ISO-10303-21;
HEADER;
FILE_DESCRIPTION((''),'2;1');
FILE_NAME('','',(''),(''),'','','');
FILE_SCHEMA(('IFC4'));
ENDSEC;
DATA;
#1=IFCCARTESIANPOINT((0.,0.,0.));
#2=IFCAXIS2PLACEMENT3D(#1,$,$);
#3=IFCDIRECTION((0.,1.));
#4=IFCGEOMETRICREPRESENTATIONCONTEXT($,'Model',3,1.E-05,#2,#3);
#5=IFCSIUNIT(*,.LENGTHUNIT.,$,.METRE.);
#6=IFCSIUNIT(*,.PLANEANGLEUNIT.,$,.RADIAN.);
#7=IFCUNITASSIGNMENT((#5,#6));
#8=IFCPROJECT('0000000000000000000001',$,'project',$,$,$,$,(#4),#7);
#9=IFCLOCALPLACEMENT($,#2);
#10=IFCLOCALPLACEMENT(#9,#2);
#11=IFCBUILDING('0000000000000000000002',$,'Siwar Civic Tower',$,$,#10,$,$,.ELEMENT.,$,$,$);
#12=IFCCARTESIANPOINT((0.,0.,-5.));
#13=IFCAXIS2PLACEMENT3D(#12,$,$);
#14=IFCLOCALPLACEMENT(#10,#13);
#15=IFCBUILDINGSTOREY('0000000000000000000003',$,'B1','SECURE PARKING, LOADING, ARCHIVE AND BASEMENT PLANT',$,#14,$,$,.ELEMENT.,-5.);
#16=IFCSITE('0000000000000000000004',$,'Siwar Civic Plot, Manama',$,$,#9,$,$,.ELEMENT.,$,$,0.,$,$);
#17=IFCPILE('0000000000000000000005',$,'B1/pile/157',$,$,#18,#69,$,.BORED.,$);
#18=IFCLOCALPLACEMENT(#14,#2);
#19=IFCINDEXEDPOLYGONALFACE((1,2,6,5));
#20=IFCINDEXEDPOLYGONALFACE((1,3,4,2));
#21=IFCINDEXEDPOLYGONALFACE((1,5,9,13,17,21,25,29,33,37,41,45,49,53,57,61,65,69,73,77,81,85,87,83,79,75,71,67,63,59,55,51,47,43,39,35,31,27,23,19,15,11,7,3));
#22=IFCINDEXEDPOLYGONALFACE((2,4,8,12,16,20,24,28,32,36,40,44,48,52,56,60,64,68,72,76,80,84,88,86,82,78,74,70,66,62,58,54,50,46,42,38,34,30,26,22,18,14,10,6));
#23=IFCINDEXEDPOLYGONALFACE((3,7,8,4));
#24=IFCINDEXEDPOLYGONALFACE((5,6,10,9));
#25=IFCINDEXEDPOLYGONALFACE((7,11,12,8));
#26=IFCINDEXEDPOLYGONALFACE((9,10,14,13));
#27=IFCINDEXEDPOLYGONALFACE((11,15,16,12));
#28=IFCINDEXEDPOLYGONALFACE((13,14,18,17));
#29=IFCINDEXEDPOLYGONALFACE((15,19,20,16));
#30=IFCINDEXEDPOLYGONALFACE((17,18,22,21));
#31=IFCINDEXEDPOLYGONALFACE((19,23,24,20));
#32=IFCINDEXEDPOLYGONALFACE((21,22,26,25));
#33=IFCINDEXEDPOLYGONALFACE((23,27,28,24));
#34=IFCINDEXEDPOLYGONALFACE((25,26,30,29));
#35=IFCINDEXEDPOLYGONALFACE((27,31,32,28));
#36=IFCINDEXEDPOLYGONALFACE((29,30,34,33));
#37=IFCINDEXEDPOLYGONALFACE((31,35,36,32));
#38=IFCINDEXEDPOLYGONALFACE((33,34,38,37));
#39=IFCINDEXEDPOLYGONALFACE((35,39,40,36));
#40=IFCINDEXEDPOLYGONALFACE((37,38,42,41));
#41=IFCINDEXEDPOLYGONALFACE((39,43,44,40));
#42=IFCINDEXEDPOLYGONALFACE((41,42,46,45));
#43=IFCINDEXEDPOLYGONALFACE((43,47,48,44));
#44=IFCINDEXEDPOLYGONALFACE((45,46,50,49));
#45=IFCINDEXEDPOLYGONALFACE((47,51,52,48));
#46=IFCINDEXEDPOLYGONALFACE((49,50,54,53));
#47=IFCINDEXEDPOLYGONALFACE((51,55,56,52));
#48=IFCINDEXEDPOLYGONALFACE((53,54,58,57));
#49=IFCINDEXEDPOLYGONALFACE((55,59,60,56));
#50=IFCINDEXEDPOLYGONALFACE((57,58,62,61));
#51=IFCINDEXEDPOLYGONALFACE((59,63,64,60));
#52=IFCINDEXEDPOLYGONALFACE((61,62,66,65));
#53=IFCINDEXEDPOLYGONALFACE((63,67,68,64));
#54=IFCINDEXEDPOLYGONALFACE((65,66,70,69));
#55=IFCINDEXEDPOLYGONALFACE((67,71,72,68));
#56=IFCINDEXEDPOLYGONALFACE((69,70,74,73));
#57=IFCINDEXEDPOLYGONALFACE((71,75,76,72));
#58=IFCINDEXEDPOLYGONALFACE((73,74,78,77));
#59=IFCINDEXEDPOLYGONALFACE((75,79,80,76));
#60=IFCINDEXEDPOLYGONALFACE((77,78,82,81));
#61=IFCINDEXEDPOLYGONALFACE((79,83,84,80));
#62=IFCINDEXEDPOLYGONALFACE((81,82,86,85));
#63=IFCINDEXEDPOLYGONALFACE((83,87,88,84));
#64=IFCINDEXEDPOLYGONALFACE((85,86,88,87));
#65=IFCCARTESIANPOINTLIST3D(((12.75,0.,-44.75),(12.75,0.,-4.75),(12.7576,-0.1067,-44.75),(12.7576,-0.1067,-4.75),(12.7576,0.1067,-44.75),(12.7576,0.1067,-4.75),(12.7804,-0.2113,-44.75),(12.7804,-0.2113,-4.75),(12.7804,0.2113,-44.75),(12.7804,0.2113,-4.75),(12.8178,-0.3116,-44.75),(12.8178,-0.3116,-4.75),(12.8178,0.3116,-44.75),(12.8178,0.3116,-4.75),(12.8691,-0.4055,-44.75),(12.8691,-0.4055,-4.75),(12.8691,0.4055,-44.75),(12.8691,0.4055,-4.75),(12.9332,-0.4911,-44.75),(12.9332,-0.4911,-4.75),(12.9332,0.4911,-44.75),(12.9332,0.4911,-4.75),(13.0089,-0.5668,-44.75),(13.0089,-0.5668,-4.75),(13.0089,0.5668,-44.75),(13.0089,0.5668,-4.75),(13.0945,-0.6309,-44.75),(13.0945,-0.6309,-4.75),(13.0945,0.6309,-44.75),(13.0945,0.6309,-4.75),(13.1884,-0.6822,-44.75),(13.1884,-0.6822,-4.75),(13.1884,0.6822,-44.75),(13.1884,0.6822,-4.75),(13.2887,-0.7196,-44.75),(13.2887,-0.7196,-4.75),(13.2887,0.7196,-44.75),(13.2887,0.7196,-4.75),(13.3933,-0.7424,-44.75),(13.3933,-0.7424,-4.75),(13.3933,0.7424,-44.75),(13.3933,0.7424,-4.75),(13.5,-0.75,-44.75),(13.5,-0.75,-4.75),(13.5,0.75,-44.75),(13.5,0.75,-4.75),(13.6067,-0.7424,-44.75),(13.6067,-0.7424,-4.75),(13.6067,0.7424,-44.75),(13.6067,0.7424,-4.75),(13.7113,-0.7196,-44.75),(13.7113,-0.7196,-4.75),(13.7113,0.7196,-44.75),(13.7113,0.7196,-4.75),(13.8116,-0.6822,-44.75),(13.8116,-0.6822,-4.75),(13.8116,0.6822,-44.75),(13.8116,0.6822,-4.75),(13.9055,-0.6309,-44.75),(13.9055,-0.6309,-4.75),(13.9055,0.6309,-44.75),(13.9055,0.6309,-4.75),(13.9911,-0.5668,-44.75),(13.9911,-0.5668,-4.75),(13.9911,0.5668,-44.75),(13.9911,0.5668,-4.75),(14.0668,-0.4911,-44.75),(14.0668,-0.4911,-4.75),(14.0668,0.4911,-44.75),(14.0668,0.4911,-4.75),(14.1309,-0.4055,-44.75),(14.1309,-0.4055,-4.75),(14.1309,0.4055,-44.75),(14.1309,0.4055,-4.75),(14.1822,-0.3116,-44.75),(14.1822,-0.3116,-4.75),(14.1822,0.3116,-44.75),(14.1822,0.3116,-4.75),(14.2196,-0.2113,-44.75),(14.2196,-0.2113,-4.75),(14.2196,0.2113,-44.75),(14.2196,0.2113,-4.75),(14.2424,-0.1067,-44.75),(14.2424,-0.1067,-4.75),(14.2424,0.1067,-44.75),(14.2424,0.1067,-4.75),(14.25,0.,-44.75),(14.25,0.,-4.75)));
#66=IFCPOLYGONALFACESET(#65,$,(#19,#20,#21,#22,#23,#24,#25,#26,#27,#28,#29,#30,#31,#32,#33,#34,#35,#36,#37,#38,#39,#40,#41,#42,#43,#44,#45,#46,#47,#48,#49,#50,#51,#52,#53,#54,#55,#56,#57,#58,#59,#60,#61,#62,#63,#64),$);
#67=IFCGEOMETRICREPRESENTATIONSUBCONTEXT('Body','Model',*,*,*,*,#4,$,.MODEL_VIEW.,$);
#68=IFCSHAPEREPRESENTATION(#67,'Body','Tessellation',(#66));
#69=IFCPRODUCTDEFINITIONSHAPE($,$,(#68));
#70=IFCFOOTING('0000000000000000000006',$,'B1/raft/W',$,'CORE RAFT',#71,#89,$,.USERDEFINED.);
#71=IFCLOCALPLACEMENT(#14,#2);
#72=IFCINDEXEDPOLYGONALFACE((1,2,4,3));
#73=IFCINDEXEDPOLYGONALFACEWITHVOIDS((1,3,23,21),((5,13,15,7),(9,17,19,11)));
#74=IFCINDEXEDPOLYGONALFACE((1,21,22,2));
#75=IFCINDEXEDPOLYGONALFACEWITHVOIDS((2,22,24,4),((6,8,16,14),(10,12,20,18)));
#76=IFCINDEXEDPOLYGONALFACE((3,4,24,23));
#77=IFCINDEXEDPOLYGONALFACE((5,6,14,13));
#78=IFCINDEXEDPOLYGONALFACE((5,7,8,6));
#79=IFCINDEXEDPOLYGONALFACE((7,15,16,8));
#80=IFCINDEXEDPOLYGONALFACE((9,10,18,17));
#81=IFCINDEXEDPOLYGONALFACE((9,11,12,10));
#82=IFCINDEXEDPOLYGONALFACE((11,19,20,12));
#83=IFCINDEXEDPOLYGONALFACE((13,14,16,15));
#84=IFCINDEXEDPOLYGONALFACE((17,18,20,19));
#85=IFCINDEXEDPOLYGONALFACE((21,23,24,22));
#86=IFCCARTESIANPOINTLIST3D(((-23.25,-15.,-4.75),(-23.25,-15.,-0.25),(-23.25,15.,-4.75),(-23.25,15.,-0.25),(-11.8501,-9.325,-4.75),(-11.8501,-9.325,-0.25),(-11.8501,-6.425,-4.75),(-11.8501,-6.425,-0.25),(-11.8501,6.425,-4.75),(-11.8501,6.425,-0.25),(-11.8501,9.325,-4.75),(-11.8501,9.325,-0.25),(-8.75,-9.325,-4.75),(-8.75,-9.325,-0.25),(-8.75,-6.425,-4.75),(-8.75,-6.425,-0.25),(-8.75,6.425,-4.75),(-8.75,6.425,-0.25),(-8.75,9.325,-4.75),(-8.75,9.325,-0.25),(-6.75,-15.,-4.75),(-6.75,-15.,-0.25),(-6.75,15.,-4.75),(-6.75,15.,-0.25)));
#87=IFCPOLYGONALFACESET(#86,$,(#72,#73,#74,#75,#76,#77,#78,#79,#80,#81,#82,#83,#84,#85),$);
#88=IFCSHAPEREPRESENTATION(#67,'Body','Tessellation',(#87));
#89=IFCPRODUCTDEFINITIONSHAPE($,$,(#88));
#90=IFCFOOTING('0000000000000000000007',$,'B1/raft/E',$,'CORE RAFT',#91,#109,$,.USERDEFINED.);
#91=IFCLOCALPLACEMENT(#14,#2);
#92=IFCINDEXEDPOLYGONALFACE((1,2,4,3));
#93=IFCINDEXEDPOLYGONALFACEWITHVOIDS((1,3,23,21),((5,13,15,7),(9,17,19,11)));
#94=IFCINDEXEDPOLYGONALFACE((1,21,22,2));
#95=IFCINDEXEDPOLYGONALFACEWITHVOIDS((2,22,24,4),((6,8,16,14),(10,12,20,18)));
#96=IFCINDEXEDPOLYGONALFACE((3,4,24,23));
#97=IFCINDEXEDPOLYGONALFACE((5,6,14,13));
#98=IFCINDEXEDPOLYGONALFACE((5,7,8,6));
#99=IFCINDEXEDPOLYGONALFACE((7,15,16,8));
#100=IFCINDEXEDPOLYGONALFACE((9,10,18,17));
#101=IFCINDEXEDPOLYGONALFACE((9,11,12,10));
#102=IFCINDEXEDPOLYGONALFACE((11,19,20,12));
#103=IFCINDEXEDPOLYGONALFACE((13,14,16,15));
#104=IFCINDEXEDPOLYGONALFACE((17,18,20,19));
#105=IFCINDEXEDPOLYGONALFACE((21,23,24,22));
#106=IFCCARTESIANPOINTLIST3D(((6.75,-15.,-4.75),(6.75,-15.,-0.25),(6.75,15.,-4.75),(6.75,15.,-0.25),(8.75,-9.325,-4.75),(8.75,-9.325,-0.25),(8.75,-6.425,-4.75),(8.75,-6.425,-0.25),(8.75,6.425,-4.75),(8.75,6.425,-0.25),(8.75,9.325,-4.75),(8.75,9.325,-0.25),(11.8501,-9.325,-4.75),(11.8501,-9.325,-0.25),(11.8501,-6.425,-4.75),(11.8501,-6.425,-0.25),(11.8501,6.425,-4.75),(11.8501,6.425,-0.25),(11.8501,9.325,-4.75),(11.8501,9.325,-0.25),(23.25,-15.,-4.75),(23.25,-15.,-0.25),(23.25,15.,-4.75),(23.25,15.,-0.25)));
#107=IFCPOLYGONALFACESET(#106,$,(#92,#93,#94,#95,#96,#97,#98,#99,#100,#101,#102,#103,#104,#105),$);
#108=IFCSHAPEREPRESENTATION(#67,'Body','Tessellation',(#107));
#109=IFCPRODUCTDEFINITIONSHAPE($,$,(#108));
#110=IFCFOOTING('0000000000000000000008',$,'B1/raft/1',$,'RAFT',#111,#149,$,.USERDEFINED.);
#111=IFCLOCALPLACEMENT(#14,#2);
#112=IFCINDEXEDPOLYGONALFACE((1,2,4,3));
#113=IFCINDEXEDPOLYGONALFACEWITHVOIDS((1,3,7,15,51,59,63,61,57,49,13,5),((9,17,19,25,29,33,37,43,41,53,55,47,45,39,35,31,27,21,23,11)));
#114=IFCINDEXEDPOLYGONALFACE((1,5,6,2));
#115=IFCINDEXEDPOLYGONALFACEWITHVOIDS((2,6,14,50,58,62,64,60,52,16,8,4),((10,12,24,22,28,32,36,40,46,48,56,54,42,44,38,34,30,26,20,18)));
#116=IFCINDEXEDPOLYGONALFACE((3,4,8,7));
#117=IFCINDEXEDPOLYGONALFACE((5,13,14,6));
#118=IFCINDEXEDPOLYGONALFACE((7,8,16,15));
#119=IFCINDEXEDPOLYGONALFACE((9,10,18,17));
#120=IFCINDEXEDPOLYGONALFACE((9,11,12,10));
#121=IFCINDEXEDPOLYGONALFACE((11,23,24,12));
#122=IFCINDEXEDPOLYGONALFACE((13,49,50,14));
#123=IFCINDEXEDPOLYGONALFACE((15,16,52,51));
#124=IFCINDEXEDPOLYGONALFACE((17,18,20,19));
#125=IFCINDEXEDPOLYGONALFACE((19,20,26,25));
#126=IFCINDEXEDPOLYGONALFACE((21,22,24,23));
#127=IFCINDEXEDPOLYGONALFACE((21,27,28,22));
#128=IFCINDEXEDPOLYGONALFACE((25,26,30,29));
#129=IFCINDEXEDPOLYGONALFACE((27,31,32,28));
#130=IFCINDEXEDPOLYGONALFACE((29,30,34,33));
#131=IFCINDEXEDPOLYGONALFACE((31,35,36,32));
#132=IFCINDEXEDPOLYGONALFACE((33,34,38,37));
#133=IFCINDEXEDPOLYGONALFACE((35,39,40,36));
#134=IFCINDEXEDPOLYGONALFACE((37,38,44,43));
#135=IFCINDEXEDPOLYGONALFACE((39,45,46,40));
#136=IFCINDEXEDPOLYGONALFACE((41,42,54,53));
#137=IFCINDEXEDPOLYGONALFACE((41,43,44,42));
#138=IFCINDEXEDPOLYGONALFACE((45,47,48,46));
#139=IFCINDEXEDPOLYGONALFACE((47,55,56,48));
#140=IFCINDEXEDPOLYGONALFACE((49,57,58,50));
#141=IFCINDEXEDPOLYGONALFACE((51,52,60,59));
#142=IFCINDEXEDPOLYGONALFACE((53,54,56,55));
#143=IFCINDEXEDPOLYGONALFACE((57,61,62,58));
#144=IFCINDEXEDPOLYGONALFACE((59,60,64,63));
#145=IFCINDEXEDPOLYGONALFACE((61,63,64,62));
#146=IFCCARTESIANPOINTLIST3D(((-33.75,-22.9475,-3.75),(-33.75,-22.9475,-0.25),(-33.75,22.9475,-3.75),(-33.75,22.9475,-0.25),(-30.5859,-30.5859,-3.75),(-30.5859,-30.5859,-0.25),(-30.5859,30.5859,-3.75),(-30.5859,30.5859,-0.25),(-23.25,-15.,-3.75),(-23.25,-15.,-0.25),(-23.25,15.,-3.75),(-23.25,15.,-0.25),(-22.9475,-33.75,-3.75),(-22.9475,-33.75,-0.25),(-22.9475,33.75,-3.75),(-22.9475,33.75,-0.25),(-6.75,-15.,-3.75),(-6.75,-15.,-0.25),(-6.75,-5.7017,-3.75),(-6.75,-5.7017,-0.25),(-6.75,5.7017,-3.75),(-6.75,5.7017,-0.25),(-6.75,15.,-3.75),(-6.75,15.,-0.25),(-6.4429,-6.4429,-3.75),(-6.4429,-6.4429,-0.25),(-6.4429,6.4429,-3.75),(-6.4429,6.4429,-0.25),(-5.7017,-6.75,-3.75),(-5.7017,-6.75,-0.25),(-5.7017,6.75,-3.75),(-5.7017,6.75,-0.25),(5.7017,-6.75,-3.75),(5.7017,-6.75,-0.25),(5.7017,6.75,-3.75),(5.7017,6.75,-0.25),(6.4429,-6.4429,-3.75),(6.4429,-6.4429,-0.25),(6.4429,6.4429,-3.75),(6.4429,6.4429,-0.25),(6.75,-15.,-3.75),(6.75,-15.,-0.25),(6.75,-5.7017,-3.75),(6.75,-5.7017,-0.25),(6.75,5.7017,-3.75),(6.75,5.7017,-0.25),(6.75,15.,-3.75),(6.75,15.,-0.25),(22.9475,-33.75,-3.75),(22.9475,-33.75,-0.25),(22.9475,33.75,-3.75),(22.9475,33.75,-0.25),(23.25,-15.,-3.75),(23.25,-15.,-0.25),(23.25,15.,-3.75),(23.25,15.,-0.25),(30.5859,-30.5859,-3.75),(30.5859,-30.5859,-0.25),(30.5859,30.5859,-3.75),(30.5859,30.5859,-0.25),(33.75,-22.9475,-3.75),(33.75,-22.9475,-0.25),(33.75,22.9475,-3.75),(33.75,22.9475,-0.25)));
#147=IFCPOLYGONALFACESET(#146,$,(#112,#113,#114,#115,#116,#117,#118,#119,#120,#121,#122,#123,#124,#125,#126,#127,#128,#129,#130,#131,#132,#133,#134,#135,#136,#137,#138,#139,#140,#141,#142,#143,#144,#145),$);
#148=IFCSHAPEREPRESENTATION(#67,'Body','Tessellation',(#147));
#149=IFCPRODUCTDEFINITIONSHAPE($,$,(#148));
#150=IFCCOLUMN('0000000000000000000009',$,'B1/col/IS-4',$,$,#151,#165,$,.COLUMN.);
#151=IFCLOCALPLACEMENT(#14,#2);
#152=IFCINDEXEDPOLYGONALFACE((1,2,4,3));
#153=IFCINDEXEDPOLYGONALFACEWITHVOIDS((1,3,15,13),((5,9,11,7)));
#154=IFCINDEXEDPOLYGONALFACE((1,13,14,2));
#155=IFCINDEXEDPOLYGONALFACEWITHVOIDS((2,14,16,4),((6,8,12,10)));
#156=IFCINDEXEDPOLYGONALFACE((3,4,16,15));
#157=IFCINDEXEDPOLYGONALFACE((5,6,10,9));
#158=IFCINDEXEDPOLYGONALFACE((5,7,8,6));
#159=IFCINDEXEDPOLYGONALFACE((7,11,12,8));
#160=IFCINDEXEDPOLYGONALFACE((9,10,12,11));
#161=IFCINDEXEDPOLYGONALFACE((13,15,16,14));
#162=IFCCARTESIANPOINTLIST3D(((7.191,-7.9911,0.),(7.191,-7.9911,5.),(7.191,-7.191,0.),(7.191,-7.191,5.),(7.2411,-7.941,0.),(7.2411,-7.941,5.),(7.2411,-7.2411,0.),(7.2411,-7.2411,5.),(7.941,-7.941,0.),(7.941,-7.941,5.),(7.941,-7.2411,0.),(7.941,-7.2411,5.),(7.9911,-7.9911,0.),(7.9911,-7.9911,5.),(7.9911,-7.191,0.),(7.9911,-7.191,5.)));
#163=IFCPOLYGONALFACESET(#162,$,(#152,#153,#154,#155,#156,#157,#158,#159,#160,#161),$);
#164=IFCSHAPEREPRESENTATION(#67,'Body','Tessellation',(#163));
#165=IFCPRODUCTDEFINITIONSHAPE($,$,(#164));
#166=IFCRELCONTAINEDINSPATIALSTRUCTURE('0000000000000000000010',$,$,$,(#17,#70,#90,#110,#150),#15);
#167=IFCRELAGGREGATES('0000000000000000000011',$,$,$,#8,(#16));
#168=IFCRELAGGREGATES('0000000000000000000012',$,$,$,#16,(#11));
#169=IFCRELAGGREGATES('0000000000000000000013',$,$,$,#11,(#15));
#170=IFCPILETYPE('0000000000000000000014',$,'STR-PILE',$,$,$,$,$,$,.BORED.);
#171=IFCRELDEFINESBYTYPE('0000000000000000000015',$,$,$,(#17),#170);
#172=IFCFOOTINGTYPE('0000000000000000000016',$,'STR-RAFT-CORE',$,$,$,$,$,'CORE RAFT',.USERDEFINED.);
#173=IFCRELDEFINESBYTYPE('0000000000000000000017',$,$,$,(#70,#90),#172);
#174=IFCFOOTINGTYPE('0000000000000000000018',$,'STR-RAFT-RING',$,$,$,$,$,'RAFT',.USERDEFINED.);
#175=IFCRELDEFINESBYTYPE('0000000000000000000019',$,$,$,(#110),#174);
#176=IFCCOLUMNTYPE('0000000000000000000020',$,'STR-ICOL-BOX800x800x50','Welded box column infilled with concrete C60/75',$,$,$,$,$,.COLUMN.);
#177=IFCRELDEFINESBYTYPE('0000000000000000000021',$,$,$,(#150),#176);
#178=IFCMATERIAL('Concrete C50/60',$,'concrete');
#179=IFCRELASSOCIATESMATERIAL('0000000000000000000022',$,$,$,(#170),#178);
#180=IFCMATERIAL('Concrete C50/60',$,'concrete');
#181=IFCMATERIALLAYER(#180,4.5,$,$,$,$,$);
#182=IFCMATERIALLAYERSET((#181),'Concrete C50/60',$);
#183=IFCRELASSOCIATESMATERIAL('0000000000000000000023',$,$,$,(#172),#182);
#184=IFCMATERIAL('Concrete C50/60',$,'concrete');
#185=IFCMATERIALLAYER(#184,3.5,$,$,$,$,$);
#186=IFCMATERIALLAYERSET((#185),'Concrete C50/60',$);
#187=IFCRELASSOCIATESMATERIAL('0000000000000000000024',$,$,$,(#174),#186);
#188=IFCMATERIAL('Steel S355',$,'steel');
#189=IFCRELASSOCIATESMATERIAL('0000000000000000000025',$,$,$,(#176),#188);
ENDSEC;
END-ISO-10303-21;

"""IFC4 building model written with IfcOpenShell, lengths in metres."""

from ifc_helpers import new_model, si_unit, direction, frame, origin, origin_2d, place, context, subcontext, project, spatial, polyline, hollow_rectangle, circle, outline, extrude, material, layer, layer_set, material_profile, profile_set, type_object, element, save


model = new_model("IFC4")

# Units and contexts
model_context = context("Model", 3, precision=1e-05, world=origin(), true_north=direction((0.0, 1.0)))
body_context = subcontext(model_context, "Body", "Model", "MODEL_VIEW")
ifc_project = project(units=[si_unit("LENGTHUNIT", "METRE"), si_unit("PLANEANGLEUNIT", "RADIAN")], contexts=[model_context])

# Site, building, storey
site_placement = place(None, origin())
site = spatial("IfcSite", under=ifc_project, at=site_placement, Name="Siwar Civic Plot, Manama", CompositionType="ELEMENT", RefElevation=0.0)
building_placement = place(site_placement, origin())
building = spatial("IfcBuilding", under=site, at=building_placement, Name="Siwar Civic Tower", CompositionType="ELEMENT")
storey_placement = place(building_placement, frame((0.0, 0.0, -5.0)))
storey = spatial("IfcBuildingStorey", under=building, at=storey_placement, Name="B1", Description="SECURE PARKING, LOADING, ARCHIVE AND BASEMENT PLANT", CompositionType="ELEMENT", Elevation=-5.0)

# Pile
ifc_material_1 = material(Name="Concrete C50/60", Category="concrete")
ifc_material_profile_1 = material_profile(ifc_material_1, circle(Radius=0.75, at=origin_2d()), Name="PILE1500")
ifc_profile_set_1 = profile_set([ifc_material_profile_1], Name="Concrete C50/60")
pile_type = type_object("IfcPileType", Name="STR-PILE", PredefinedType="BORED", material=ifc_profile_set_1)
for number, where, z_axis, x_axis, name in (
    (1, (13.5, 0.0, -4.75), (0.0, 0.0, -1.0), (1.0, 0.0, 0.0), "B1/pile/157"),
):
    element("IfcPile", number, at=place(storey_placement, frame(where, z_axis=z_axis, x_axis=x_axis)), inside=storey, type_object=pile_type, Name=name, PredefinedType="BORED", context=body_context, shape_type="SweptSolid", body=[
        extrude(circle(Radius=0.75, at=origin_2d()), origin(), (0.0, 0.0, 1.0), 40.0),
    ])

# Footings
ifc_material_2 = material(Name="Concrete C50/60", Category="concrete")
ifc_layer_1 = layer(ifc_material_2, 4.5)
ifc_layer_set_1 = layer_set([ifc_layer_1], Name="Concrete C50/60")
footing_type_1 = type_object("IfcFootingType", Name="STR-RAFT-CORE", ElementType="CORE RAFT", PredefinedType="USERDEFINED", material=ifc_layer_set_1)
footing_1_placement = place(storey_placement, frame((0.0, 0.0, -4.75)))
element("IfcFooting", 2, at=footing_1_placement, inside=storey, type_object=footing_type_1, Name="B1/raft/W", ObjectType="CORE RAFT", PredefinedType="USERDEFINED", context=body_context, shape_type="SweptSolid", body=[
    extrude(outline(polyline([(-6.75, -15.0), (-6.75, 15.0), (-23.25, 15.0), (-23.25, -15.0), (-6.75, -15.0)]), holes=[polyline([(-11.8501, -9.325), (-11.8501, -6.425), (-8.75, -6.425), (-8.75, -9.325), (-11.8501, -9.325)]), polyline([(-11.8501, 6.425), (-11.8501, 9.325), (-8.75, 9.325), (-8.75, 6.425), (-11.8501, 6.425)])]), origin(), (0.0, 0.0, 1.0), 4.5),
])
footing_2_placement = place(storey_placement, frame((0.0, 0.0, -4.75)))
element("IfcFooting", 3, at=footing_2_placement, inside=storey, type_object=footing_type_1, Name="B1/raft/E", ObjectType="CORE RAFT", PredefinedType="USERDEFINED", context=body_context, shape_type="SweptSolid", body=[
    extrude(outline(polyline([(23.25, -15.0), (23.25, 15.0), (6.75, 15.0), (6.75, -15.0), (23.25, -15.0)]), holes=[polyline([(11.8501, -6.425), (11.8501, -9.325), (8.75, -9.325), (8.75, -6.425), (11.8501, -6.425)]), polyline([(11.8501, 9.325), (11.8501, 6.425), (8.75, 6.425), (8.75, 9.325), (11.8501, 9.325)])]), origin(), (0.0, 0.0, 1.0), 4.5),
])
ifc_material_3 = material(Name="Concrete C50/60", Category="concrete")
ifc_layer_2 = layer(ifc_material_3, 3.5)
ifc_layer_set_2 = layer_set([ifc_layer_2], Name="Concrete C50/60")
footing_type_2 = type_object("IfcFootingType", Name="STR-RAFT-RING", ElementType="RAFT", PredefinedType="USERDEFINED", material=ifc_layer_set_2)
footing_3_placement = place(storey_placement, frame((0.0, 0.0, -3.75)))
element("IfcFooting", 4, at=footing_3_placement, inside=storey, type_object=footing_type_2, Name="B1/raft/1", ObjectType="RAFT", PredefinedType="USERDEFINED", context=body_context, shape_type="SweptSolid", body=[
    extrude(outline(polyline([(-33.75, -22.9475), (-30.5859, -30.5859), (-22.9475, -33.75), (22.9475, -33.75), (30.5859, -30.5859), (33.75, -22.9475), (33.75, 22.9475), (30.5859, 30.5859), (22.9475, 33.75), (-22.9475, 33.75), (-30.5859, 30.5859), (-33.75, 22.9475), (-33.75, -22.9475)]), holes=[polyline([(6.4429, -6.4429), (5.7017, -6.75), (-5.7017, -6.75), (-6.4429, -6.4429), (-6.75, -5.7017), (-6.75, -15.0), (-23.25, -15.0), (-23.25, 15.0), (-6.75, 15.0), (-6.75, 5.7017), (-6.4429, 6.4429), (-5.7017, 6.75), (5.7017, 6.75), (6.4429, 6.4429), (6.75, 5.7017), (6.75, 15.0), (23.25, 15.0), (23.25, -15.0), (6.75, -15.0), (6.75, -5.7017), (6.4429, -6.4429)])]), origin(), (0.0, 0.0, 1.0), 3.5),
])

# Column
ifc_material_4 = material(Name="Steel S355", Category="steel")
ifc_material_profile_2 = material_profile(ifc_material_4, hollow_rectangle(XDim=0.8, YDim=0.8, WallThickness=0.05, at=origin_2d()), Name="BOX800x800x50")
ifc_profile_set_2 = profile_set([ifc_material_profile_2], Name="Steel S355")
column_type = type_object("IfcColumnType", Name="STR-ICOL-BOX800x800x50", Description="Welded box column infilled with concrete C60/75", PredefinedType="COLUMN", material=ifc_profile_set_2)
column_placement = place(storey_placement, frame((7.5911, -7.5911, 0.0), z_axis=(0.0, 0.0, 1.0), x_axis=(1.0, 0.0, 0.0)))
element("IfcColumn", 5, at=column_placement, inside=storey, type_object=column_type, Name="B1/col/IS-4", PredefinedType="COLUMN", context=body_context, shape_type="SweptSolid", body=[
    extrude(hollow_rectangle(XDim=0.8, YDim=0.8, WallThickness=0.05, at=origin_2d()), origin(), (0.0, 0.0, 1.0), 5.0),
])

save(model, "model.ifc")
